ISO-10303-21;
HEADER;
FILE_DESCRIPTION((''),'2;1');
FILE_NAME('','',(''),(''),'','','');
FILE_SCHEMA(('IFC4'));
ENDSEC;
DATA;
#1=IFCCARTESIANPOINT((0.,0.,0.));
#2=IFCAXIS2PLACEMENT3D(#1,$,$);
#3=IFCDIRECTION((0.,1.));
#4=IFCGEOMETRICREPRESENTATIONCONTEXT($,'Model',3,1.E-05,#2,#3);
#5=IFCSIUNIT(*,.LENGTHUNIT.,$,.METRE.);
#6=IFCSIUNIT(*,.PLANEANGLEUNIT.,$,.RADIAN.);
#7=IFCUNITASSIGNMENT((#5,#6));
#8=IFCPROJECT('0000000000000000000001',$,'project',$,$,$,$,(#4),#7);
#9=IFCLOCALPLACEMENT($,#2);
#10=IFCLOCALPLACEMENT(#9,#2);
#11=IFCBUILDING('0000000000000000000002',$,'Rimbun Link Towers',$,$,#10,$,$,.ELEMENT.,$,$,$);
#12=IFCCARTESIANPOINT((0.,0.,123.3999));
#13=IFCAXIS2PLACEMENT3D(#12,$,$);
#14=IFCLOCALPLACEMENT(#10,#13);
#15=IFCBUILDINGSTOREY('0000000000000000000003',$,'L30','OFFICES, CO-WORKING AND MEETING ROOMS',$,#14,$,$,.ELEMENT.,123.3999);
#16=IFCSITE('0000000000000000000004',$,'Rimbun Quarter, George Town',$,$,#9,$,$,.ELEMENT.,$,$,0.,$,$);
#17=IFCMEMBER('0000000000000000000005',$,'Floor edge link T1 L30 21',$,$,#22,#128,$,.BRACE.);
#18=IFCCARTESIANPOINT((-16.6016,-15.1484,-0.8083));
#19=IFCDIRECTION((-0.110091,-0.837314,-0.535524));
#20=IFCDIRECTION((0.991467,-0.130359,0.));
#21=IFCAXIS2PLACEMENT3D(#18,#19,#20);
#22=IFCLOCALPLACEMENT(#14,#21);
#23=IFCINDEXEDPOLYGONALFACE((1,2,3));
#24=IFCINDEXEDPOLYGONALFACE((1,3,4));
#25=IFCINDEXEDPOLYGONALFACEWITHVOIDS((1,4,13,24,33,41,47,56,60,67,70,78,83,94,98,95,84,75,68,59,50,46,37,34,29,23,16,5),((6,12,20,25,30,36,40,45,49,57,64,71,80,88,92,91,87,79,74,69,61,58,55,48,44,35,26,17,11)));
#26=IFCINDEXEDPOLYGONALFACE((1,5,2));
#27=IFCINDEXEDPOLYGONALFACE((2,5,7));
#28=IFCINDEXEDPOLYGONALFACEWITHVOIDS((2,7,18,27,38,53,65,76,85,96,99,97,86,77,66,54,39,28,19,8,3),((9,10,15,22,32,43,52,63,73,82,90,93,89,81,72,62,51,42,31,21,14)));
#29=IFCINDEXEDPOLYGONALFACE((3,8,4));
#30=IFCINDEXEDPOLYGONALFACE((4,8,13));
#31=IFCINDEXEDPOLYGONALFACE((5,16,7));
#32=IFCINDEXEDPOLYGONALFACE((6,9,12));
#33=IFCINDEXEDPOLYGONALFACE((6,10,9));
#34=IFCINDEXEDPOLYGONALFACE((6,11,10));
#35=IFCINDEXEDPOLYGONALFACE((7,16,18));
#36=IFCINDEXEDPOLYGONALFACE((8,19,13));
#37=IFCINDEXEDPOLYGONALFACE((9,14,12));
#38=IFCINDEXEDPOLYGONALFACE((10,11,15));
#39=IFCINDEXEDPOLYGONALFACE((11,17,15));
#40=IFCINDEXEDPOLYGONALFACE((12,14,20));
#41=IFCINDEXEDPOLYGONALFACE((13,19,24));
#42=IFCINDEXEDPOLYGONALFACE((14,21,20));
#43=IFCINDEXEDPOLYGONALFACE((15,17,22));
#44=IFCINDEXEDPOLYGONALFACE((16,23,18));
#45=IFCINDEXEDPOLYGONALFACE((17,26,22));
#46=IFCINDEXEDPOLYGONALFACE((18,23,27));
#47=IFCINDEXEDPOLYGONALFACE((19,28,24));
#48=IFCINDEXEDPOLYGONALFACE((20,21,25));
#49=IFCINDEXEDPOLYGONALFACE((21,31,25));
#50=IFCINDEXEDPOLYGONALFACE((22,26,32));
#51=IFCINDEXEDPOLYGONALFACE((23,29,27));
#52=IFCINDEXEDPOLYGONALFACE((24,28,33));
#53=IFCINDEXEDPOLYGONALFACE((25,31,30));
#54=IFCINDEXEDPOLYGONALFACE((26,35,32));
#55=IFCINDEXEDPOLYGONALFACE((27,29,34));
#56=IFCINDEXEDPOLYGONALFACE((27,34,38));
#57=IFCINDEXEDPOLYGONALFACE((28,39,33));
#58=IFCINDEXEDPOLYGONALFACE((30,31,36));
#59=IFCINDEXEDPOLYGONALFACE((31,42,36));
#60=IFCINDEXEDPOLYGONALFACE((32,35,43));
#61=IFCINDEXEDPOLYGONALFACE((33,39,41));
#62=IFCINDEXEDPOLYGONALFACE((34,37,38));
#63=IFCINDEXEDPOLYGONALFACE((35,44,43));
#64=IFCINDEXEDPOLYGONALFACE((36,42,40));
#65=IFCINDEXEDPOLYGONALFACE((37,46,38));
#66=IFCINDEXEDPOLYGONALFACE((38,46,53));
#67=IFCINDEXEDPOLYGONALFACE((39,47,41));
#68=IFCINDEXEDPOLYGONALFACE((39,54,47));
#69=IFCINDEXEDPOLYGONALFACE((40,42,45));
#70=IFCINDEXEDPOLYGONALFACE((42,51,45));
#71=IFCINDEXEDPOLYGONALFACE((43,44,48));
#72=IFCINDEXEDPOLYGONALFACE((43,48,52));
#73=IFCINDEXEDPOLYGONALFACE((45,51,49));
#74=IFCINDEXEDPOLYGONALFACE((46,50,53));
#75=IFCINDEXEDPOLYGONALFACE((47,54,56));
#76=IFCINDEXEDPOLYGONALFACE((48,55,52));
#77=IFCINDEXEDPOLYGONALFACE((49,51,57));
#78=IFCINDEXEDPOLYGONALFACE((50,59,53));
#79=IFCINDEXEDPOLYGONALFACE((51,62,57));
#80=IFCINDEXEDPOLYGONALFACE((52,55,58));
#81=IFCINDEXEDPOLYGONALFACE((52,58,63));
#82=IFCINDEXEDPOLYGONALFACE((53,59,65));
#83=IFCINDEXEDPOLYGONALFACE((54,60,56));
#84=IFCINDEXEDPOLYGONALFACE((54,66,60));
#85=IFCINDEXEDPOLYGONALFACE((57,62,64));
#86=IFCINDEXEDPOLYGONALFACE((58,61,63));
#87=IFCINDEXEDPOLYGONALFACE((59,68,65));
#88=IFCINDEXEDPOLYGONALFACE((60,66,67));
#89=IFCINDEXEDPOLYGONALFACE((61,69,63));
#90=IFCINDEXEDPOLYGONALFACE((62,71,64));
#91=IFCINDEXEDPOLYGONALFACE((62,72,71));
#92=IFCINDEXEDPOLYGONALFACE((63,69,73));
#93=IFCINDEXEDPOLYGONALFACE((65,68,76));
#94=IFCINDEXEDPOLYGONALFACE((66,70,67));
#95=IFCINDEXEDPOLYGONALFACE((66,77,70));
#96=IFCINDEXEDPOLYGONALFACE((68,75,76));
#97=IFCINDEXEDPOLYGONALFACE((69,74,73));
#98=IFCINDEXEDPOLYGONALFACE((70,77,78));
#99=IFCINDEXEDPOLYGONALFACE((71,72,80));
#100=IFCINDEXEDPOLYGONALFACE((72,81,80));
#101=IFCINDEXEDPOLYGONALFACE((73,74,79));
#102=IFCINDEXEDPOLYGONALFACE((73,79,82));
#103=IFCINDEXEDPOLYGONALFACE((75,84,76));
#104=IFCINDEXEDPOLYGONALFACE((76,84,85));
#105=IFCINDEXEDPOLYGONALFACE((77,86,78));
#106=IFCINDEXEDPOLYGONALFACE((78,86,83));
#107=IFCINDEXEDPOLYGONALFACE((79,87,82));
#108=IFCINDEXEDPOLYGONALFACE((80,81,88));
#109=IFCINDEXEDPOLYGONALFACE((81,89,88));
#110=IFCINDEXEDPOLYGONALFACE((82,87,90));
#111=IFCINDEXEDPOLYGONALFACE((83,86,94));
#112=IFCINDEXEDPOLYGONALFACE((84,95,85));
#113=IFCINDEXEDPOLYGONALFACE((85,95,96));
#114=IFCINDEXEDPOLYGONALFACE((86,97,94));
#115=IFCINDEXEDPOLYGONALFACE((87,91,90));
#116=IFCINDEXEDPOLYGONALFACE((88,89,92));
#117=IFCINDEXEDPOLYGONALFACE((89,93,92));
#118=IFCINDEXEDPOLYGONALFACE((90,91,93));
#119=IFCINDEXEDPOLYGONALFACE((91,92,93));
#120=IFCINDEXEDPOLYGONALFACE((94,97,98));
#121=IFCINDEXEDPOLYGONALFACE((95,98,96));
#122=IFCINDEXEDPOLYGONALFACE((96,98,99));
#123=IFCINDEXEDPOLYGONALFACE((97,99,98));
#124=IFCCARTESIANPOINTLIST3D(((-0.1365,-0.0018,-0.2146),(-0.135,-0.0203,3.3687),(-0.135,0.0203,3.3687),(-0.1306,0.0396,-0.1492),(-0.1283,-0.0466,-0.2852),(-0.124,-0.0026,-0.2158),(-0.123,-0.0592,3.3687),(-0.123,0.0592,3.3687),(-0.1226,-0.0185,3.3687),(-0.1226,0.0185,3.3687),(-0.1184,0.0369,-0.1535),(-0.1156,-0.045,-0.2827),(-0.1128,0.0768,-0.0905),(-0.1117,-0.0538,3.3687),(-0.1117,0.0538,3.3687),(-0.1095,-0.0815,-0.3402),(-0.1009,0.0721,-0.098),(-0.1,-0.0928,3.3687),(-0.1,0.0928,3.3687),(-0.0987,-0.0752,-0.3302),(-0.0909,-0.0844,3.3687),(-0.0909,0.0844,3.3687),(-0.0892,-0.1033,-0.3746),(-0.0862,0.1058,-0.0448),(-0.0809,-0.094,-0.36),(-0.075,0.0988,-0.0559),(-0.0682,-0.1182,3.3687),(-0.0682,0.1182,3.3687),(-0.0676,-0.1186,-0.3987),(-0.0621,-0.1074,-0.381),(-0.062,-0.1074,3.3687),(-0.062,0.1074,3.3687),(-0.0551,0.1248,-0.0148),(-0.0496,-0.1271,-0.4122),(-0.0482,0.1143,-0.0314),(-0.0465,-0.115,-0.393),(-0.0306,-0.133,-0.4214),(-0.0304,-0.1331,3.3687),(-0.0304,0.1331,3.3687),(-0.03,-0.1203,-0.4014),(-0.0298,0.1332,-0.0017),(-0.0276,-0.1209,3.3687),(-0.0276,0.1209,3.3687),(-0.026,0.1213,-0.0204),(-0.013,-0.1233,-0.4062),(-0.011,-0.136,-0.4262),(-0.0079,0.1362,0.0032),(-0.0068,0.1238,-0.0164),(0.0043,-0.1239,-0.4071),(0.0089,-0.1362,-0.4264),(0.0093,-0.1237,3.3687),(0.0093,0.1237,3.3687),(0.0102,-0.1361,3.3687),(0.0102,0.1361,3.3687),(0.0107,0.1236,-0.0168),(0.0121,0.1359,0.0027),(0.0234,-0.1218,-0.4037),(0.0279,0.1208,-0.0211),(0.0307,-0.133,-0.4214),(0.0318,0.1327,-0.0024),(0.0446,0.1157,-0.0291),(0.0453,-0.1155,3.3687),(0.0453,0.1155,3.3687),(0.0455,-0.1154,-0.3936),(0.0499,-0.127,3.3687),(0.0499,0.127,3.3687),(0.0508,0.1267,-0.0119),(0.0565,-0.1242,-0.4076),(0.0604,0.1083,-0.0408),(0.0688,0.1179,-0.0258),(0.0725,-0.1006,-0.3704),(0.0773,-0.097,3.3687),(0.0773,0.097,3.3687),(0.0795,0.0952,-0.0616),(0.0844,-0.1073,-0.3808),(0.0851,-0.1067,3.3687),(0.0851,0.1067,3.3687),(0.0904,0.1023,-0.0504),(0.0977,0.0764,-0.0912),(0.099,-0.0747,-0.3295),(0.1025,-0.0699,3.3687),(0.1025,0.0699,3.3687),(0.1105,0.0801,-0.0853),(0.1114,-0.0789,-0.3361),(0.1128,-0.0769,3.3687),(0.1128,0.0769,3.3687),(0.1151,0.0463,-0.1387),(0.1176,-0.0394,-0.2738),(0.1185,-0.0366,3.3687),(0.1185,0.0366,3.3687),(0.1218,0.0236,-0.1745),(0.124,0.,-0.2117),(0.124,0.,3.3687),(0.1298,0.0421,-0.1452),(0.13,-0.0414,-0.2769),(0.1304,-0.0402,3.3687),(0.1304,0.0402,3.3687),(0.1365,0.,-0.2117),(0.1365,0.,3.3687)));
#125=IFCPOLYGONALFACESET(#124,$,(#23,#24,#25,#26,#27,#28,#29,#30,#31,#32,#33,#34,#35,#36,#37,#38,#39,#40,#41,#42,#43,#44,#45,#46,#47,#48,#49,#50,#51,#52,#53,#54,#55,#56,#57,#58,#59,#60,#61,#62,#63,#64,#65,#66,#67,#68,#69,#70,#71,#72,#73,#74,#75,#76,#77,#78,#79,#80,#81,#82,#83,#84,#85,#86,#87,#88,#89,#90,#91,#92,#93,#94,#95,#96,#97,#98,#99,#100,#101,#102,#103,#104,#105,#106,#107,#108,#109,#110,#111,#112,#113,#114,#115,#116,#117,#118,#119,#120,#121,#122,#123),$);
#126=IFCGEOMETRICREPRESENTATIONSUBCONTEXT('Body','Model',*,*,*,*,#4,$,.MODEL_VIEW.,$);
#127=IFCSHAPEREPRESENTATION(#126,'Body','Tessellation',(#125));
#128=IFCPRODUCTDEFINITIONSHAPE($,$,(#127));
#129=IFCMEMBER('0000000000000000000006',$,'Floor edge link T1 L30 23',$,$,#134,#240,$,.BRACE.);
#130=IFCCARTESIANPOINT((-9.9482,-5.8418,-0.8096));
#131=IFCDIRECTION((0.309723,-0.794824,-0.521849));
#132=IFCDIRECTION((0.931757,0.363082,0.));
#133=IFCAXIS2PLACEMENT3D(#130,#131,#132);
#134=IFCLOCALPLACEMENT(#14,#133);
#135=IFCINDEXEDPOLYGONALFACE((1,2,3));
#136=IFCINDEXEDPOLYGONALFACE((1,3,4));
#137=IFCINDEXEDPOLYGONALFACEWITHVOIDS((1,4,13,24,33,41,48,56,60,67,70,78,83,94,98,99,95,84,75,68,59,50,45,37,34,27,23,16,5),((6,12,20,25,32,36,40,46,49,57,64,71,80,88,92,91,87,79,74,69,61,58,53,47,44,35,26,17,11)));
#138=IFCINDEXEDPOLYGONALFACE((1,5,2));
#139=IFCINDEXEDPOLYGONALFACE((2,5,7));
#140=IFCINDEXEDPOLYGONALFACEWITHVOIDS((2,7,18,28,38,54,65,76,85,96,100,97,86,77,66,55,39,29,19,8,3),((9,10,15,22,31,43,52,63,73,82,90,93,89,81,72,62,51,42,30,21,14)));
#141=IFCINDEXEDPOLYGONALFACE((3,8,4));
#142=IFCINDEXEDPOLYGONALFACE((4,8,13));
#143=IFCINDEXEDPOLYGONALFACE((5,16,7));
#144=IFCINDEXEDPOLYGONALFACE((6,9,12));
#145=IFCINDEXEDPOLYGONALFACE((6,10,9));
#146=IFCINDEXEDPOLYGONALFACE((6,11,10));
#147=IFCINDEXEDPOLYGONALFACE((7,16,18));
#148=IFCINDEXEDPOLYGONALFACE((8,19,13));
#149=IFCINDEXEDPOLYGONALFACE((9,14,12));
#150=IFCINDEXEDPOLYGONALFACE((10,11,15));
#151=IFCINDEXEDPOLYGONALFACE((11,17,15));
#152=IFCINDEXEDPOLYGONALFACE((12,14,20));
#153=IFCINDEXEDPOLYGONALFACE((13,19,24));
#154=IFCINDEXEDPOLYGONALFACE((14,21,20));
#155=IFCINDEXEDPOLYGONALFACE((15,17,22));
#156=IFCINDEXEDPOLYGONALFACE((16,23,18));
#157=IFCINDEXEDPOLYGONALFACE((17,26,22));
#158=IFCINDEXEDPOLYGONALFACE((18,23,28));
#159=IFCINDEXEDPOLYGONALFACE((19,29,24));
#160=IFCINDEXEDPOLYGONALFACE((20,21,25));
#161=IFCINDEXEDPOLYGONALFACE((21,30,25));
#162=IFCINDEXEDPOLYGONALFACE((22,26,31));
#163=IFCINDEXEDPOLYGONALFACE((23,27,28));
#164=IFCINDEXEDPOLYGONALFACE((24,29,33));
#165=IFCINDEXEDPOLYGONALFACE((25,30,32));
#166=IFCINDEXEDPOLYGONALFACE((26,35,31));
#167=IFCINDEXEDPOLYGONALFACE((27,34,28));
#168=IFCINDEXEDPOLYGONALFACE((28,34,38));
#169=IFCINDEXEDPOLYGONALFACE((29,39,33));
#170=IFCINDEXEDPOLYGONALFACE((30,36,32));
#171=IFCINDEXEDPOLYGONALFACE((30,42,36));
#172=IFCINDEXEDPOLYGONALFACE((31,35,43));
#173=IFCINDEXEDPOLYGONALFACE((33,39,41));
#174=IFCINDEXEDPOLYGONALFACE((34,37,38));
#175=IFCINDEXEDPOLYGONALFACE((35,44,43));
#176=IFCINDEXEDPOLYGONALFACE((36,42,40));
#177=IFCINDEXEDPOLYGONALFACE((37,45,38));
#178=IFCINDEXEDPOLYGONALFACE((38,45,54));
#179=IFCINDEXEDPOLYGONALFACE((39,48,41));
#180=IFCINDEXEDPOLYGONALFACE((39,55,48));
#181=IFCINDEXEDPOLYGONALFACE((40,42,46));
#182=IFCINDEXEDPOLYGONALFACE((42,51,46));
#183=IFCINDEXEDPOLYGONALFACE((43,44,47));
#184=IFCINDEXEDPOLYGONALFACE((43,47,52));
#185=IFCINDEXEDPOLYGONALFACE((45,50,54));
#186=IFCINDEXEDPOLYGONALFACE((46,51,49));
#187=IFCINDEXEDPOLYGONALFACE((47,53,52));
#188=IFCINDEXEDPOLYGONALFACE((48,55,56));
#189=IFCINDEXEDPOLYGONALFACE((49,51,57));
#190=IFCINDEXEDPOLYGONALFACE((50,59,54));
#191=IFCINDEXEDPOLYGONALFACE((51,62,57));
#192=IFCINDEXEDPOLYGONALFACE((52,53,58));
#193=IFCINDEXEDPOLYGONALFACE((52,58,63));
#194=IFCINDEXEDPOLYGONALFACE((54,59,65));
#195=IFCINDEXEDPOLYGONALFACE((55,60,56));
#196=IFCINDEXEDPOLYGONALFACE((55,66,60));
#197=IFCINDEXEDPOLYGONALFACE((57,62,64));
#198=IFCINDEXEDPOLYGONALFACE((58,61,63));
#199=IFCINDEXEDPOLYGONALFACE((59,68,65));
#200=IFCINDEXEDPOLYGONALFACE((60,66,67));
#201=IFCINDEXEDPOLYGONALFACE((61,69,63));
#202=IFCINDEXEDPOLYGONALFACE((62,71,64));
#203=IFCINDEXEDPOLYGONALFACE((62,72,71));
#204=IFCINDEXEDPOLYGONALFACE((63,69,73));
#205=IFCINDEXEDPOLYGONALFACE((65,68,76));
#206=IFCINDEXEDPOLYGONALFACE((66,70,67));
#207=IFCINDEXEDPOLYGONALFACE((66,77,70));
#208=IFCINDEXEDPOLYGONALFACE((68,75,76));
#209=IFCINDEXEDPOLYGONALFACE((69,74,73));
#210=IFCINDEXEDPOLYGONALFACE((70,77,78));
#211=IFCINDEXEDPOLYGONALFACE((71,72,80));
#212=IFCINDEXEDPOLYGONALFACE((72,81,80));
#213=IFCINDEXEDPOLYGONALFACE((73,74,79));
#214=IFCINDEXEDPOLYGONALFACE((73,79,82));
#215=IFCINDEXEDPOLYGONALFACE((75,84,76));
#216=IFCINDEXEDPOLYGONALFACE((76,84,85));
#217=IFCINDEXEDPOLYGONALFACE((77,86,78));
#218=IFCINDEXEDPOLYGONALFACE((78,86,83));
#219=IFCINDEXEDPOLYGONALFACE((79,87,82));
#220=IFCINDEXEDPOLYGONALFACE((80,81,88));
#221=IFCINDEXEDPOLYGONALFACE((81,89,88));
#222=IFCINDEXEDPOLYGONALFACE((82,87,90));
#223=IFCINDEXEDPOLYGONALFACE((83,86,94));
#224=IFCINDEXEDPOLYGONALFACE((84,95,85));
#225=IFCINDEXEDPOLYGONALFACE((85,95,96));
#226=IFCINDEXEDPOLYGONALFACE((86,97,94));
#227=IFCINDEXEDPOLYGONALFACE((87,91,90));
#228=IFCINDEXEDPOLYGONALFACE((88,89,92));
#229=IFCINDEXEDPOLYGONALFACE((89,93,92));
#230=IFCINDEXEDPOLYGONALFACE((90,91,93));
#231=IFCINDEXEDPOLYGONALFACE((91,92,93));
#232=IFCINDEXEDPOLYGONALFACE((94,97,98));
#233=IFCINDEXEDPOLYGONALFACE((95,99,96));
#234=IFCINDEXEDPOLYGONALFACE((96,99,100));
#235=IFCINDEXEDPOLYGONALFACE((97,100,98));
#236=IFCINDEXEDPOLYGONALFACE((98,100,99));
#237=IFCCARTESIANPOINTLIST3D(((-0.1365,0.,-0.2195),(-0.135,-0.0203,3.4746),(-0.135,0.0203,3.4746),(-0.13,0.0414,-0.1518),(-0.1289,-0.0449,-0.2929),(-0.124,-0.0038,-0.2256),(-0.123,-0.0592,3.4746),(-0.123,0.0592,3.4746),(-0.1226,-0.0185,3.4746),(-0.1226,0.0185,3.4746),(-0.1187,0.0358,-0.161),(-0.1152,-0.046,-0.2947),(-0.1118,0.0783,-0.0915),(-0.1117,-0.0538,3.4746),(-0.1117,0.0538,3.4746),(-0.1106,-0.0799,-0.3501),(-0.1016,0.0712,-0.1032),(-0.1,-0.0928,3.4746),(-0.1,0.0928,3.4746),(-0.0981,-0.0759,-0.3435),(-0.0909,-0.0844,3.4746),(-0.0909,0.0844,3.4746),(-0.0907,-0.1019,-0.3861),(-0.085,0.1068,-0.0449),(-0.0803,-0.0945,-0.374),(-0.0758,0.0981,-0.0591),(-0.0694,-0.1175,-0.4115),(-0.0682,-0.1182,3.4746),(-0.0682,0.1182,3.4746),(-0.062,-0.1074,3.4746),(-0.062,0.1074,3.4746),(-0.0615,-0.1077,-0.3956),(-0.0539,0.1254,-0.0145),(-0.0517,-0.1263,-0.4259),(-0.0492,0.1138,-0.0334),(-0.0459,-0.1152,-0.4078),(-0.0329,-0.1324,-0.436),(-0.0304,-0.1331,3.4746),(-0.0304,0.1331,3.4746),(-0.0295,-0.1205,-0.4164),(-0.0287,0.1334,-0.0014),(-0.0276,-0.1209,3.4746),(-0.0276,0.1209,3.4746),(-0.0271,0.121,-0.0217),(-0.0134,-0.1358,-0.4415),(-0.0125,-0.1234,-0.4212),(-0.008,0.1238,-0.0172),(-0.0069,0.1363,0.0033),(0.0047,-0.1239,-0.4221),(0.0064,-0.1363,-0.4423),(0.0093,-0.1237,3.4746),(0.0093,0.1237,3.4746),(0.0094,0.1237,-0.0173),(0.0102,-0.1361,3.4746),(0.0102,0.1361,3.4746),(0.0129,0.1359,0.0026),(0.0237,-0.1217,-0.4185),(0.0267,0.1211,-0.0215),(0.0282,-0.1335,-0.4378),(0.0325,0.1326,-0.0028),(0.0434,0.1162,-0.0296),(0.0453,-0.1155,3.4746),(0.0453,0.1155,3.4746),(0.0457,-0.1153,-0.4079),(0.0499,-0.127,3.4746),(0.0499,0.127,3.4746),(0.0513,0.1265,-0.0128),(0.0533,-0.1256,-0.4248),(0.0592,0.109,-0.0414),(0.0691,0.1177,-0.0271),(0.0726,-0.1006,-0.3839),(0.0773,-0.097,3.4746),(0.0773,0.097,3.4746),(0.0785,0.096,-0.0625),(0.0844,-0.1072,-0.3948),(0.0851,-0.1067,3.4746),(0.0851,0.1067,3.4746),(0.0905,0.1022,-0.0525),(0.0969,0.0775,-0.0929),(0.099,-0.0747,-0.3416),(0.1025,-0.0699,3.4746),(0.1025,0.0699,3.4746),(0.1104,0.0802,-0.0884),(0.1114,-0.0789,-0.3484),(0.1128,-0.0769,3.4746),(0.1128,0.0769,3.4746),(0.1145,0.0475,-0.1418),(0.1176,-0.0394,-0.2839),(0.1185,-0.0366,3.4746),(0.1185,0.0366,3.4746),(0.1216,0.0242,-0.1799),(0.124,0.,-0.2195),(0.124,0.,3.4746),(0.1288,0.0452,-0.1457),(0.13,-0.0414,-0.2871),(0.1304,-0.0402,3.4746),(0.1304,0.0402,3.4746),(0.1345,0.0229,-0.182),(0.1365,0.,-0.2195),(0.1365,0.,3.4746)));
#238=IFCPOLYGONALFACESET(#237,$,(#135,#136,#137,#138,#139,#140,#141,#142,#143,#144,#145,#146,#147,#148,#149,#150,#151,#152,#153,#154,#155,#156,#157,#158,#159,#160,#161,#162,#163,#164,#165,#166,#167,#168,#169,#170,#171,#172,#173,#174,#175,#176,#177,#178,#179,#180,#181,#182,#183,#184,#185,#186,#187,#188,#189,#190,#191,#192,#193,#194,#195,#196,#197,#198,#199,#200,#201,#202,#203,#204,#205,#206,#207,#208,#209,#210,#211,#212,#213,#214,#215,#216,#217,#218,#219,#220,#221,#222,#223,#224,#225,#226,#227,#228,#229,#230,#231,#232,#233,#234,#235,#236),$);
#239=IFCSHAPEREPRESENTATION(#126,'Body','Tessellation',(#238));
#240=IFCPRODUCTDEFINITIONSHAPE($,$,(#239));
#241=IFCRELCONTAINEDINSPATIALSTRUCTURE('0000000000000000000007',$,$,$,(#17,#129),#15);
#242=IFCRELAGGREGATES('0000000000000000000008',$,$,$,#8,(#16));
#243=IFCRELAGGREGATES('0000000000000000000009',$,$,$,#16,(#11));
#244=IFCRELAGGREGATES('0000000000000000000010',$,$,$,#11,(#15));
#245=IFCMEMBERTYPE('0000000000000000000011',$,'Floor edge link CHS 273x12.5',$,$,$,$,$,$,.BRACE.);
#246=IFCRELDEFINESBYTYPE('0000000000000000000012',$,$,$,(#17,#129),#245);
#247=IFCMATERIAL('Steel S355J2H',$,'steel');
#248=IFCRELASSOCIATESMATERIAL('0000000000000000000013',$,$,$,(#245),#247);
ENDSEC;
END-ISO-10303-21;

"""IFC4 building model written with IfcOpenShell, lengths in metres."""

from ifc_helpers import new_model, si_unit, direction, frame, origin, origin_2d, place, context, subcontext, project, spatial, hollow_circle, extrude, clip, halfspace, material, material_profile, profile_set, type_object, element, save


model = new_model("IFC4")

# Units and contexts
model_context = context("Model", 3, precision=1e-05, world=origin(), true_north=direction((0.0, 1.0)))
body_context = subcontext(model_context, "Body", "Model", "MODEL_VIEW")
ifc_project = project(units=[si_unit("LENGTHUNIT", "METRE"), si_unit("PLANEANGLEUNIT", "RADIAN")], contexts=[model_context])

# Site, building, storey
site_placement = place(None, origin())
site = spatial("IfcSite", under=ifc_project, at=site_placement, Name="Rimbun Quarter, George Town", CompositionType="ELEMENT", RefElevation=0.0)
building_placement = place(site_placement, origin())
building = spatial("IfcBuilding", under=site, at=building_placement, Name="Rimbun Link Towers", CompositionType="ELEMENT")
storey_placement = place(building_placement, frame((0.0, 0.0, 123.3999)))
storey = spatial("IfcBuildingStorey", under=building, at=storey_placement, Name="L30", Description="OFFICES, CO-WORKING AND MEETING ROOMS", CompositionType="ELEMENT", Elevation=123.3999)

# Members
ifc_material_1 = material(Name="Steel S355J2H", Category="steel")
ifc_material_profile_1 = material_profile(ifc_material_1, hollow_circle(Radius=0.1365, WallThickness=0.0125, at=origin_2d()), Name="CHS 273x12.5")
ifc_profile_set_1 = profile_set([ifc_material_profile_1], Name="Steel S355J2H")
member_type_1 = type_object("IfcMemberType", Name="Floor edge link CHS 273x12.5", PredefinedType="BRACE", material=ifc_profile_set_1)
member_1_placement = place(storey_placement, frame((-16.6016, -15.1484, -0.8083), z_axis=(-0.110091, -0.837314, -0.535524), x_axis=(0.991467, -0.130359, 0.0)))
element("IfcMember", 1, at=member_1_placement, inside=storey, type_object=member_type_1, Name="Floor edge link T1 L30 21", PredefinedType="BRACE", context=body_context, shape_type="Clipping", body=[
    clip(extrude(hollow_circle(Radius=0.1365, WallThickness=0.0125, at=origin_2d()), frame((0.0, 0.0, -0.4492)), (0.0, 0.0, 1.0), 3.8179), halfspace(frame((0.0, 0.0, -0.2117), z_axis=(0.0, 0.84452, -0.535524)), False)),
])
member_2_placement = place(storey_placement, frame((-9.9482, -5.8418, -0.8096), z_axis=(0.309723, -0.794824, -0.521849), x_axis=(0.931757, 0.363082, 0.0)))
element("IfcMember", 2, at=member_2_placement, inside=storey, type_object=member_type_1, Name="Floor edge link T1 L30 23", PredefinedType="BRACE", context=body_context, shape_type="Clipping", body=[
    clip(extrude(hollow_circle(Radius=0.1365, WallThickness=0.0125, at=origin_2d()), frame((0.0, 0.0, -0.4653)), (0.0, 0.0, 1.0), 3.9399), halfspace(frame((0.0, 0.0, -0.2195), z_axis=(0.0, 0.853038, -0.521849)), False)),
])

save(model, "model.ifc")
